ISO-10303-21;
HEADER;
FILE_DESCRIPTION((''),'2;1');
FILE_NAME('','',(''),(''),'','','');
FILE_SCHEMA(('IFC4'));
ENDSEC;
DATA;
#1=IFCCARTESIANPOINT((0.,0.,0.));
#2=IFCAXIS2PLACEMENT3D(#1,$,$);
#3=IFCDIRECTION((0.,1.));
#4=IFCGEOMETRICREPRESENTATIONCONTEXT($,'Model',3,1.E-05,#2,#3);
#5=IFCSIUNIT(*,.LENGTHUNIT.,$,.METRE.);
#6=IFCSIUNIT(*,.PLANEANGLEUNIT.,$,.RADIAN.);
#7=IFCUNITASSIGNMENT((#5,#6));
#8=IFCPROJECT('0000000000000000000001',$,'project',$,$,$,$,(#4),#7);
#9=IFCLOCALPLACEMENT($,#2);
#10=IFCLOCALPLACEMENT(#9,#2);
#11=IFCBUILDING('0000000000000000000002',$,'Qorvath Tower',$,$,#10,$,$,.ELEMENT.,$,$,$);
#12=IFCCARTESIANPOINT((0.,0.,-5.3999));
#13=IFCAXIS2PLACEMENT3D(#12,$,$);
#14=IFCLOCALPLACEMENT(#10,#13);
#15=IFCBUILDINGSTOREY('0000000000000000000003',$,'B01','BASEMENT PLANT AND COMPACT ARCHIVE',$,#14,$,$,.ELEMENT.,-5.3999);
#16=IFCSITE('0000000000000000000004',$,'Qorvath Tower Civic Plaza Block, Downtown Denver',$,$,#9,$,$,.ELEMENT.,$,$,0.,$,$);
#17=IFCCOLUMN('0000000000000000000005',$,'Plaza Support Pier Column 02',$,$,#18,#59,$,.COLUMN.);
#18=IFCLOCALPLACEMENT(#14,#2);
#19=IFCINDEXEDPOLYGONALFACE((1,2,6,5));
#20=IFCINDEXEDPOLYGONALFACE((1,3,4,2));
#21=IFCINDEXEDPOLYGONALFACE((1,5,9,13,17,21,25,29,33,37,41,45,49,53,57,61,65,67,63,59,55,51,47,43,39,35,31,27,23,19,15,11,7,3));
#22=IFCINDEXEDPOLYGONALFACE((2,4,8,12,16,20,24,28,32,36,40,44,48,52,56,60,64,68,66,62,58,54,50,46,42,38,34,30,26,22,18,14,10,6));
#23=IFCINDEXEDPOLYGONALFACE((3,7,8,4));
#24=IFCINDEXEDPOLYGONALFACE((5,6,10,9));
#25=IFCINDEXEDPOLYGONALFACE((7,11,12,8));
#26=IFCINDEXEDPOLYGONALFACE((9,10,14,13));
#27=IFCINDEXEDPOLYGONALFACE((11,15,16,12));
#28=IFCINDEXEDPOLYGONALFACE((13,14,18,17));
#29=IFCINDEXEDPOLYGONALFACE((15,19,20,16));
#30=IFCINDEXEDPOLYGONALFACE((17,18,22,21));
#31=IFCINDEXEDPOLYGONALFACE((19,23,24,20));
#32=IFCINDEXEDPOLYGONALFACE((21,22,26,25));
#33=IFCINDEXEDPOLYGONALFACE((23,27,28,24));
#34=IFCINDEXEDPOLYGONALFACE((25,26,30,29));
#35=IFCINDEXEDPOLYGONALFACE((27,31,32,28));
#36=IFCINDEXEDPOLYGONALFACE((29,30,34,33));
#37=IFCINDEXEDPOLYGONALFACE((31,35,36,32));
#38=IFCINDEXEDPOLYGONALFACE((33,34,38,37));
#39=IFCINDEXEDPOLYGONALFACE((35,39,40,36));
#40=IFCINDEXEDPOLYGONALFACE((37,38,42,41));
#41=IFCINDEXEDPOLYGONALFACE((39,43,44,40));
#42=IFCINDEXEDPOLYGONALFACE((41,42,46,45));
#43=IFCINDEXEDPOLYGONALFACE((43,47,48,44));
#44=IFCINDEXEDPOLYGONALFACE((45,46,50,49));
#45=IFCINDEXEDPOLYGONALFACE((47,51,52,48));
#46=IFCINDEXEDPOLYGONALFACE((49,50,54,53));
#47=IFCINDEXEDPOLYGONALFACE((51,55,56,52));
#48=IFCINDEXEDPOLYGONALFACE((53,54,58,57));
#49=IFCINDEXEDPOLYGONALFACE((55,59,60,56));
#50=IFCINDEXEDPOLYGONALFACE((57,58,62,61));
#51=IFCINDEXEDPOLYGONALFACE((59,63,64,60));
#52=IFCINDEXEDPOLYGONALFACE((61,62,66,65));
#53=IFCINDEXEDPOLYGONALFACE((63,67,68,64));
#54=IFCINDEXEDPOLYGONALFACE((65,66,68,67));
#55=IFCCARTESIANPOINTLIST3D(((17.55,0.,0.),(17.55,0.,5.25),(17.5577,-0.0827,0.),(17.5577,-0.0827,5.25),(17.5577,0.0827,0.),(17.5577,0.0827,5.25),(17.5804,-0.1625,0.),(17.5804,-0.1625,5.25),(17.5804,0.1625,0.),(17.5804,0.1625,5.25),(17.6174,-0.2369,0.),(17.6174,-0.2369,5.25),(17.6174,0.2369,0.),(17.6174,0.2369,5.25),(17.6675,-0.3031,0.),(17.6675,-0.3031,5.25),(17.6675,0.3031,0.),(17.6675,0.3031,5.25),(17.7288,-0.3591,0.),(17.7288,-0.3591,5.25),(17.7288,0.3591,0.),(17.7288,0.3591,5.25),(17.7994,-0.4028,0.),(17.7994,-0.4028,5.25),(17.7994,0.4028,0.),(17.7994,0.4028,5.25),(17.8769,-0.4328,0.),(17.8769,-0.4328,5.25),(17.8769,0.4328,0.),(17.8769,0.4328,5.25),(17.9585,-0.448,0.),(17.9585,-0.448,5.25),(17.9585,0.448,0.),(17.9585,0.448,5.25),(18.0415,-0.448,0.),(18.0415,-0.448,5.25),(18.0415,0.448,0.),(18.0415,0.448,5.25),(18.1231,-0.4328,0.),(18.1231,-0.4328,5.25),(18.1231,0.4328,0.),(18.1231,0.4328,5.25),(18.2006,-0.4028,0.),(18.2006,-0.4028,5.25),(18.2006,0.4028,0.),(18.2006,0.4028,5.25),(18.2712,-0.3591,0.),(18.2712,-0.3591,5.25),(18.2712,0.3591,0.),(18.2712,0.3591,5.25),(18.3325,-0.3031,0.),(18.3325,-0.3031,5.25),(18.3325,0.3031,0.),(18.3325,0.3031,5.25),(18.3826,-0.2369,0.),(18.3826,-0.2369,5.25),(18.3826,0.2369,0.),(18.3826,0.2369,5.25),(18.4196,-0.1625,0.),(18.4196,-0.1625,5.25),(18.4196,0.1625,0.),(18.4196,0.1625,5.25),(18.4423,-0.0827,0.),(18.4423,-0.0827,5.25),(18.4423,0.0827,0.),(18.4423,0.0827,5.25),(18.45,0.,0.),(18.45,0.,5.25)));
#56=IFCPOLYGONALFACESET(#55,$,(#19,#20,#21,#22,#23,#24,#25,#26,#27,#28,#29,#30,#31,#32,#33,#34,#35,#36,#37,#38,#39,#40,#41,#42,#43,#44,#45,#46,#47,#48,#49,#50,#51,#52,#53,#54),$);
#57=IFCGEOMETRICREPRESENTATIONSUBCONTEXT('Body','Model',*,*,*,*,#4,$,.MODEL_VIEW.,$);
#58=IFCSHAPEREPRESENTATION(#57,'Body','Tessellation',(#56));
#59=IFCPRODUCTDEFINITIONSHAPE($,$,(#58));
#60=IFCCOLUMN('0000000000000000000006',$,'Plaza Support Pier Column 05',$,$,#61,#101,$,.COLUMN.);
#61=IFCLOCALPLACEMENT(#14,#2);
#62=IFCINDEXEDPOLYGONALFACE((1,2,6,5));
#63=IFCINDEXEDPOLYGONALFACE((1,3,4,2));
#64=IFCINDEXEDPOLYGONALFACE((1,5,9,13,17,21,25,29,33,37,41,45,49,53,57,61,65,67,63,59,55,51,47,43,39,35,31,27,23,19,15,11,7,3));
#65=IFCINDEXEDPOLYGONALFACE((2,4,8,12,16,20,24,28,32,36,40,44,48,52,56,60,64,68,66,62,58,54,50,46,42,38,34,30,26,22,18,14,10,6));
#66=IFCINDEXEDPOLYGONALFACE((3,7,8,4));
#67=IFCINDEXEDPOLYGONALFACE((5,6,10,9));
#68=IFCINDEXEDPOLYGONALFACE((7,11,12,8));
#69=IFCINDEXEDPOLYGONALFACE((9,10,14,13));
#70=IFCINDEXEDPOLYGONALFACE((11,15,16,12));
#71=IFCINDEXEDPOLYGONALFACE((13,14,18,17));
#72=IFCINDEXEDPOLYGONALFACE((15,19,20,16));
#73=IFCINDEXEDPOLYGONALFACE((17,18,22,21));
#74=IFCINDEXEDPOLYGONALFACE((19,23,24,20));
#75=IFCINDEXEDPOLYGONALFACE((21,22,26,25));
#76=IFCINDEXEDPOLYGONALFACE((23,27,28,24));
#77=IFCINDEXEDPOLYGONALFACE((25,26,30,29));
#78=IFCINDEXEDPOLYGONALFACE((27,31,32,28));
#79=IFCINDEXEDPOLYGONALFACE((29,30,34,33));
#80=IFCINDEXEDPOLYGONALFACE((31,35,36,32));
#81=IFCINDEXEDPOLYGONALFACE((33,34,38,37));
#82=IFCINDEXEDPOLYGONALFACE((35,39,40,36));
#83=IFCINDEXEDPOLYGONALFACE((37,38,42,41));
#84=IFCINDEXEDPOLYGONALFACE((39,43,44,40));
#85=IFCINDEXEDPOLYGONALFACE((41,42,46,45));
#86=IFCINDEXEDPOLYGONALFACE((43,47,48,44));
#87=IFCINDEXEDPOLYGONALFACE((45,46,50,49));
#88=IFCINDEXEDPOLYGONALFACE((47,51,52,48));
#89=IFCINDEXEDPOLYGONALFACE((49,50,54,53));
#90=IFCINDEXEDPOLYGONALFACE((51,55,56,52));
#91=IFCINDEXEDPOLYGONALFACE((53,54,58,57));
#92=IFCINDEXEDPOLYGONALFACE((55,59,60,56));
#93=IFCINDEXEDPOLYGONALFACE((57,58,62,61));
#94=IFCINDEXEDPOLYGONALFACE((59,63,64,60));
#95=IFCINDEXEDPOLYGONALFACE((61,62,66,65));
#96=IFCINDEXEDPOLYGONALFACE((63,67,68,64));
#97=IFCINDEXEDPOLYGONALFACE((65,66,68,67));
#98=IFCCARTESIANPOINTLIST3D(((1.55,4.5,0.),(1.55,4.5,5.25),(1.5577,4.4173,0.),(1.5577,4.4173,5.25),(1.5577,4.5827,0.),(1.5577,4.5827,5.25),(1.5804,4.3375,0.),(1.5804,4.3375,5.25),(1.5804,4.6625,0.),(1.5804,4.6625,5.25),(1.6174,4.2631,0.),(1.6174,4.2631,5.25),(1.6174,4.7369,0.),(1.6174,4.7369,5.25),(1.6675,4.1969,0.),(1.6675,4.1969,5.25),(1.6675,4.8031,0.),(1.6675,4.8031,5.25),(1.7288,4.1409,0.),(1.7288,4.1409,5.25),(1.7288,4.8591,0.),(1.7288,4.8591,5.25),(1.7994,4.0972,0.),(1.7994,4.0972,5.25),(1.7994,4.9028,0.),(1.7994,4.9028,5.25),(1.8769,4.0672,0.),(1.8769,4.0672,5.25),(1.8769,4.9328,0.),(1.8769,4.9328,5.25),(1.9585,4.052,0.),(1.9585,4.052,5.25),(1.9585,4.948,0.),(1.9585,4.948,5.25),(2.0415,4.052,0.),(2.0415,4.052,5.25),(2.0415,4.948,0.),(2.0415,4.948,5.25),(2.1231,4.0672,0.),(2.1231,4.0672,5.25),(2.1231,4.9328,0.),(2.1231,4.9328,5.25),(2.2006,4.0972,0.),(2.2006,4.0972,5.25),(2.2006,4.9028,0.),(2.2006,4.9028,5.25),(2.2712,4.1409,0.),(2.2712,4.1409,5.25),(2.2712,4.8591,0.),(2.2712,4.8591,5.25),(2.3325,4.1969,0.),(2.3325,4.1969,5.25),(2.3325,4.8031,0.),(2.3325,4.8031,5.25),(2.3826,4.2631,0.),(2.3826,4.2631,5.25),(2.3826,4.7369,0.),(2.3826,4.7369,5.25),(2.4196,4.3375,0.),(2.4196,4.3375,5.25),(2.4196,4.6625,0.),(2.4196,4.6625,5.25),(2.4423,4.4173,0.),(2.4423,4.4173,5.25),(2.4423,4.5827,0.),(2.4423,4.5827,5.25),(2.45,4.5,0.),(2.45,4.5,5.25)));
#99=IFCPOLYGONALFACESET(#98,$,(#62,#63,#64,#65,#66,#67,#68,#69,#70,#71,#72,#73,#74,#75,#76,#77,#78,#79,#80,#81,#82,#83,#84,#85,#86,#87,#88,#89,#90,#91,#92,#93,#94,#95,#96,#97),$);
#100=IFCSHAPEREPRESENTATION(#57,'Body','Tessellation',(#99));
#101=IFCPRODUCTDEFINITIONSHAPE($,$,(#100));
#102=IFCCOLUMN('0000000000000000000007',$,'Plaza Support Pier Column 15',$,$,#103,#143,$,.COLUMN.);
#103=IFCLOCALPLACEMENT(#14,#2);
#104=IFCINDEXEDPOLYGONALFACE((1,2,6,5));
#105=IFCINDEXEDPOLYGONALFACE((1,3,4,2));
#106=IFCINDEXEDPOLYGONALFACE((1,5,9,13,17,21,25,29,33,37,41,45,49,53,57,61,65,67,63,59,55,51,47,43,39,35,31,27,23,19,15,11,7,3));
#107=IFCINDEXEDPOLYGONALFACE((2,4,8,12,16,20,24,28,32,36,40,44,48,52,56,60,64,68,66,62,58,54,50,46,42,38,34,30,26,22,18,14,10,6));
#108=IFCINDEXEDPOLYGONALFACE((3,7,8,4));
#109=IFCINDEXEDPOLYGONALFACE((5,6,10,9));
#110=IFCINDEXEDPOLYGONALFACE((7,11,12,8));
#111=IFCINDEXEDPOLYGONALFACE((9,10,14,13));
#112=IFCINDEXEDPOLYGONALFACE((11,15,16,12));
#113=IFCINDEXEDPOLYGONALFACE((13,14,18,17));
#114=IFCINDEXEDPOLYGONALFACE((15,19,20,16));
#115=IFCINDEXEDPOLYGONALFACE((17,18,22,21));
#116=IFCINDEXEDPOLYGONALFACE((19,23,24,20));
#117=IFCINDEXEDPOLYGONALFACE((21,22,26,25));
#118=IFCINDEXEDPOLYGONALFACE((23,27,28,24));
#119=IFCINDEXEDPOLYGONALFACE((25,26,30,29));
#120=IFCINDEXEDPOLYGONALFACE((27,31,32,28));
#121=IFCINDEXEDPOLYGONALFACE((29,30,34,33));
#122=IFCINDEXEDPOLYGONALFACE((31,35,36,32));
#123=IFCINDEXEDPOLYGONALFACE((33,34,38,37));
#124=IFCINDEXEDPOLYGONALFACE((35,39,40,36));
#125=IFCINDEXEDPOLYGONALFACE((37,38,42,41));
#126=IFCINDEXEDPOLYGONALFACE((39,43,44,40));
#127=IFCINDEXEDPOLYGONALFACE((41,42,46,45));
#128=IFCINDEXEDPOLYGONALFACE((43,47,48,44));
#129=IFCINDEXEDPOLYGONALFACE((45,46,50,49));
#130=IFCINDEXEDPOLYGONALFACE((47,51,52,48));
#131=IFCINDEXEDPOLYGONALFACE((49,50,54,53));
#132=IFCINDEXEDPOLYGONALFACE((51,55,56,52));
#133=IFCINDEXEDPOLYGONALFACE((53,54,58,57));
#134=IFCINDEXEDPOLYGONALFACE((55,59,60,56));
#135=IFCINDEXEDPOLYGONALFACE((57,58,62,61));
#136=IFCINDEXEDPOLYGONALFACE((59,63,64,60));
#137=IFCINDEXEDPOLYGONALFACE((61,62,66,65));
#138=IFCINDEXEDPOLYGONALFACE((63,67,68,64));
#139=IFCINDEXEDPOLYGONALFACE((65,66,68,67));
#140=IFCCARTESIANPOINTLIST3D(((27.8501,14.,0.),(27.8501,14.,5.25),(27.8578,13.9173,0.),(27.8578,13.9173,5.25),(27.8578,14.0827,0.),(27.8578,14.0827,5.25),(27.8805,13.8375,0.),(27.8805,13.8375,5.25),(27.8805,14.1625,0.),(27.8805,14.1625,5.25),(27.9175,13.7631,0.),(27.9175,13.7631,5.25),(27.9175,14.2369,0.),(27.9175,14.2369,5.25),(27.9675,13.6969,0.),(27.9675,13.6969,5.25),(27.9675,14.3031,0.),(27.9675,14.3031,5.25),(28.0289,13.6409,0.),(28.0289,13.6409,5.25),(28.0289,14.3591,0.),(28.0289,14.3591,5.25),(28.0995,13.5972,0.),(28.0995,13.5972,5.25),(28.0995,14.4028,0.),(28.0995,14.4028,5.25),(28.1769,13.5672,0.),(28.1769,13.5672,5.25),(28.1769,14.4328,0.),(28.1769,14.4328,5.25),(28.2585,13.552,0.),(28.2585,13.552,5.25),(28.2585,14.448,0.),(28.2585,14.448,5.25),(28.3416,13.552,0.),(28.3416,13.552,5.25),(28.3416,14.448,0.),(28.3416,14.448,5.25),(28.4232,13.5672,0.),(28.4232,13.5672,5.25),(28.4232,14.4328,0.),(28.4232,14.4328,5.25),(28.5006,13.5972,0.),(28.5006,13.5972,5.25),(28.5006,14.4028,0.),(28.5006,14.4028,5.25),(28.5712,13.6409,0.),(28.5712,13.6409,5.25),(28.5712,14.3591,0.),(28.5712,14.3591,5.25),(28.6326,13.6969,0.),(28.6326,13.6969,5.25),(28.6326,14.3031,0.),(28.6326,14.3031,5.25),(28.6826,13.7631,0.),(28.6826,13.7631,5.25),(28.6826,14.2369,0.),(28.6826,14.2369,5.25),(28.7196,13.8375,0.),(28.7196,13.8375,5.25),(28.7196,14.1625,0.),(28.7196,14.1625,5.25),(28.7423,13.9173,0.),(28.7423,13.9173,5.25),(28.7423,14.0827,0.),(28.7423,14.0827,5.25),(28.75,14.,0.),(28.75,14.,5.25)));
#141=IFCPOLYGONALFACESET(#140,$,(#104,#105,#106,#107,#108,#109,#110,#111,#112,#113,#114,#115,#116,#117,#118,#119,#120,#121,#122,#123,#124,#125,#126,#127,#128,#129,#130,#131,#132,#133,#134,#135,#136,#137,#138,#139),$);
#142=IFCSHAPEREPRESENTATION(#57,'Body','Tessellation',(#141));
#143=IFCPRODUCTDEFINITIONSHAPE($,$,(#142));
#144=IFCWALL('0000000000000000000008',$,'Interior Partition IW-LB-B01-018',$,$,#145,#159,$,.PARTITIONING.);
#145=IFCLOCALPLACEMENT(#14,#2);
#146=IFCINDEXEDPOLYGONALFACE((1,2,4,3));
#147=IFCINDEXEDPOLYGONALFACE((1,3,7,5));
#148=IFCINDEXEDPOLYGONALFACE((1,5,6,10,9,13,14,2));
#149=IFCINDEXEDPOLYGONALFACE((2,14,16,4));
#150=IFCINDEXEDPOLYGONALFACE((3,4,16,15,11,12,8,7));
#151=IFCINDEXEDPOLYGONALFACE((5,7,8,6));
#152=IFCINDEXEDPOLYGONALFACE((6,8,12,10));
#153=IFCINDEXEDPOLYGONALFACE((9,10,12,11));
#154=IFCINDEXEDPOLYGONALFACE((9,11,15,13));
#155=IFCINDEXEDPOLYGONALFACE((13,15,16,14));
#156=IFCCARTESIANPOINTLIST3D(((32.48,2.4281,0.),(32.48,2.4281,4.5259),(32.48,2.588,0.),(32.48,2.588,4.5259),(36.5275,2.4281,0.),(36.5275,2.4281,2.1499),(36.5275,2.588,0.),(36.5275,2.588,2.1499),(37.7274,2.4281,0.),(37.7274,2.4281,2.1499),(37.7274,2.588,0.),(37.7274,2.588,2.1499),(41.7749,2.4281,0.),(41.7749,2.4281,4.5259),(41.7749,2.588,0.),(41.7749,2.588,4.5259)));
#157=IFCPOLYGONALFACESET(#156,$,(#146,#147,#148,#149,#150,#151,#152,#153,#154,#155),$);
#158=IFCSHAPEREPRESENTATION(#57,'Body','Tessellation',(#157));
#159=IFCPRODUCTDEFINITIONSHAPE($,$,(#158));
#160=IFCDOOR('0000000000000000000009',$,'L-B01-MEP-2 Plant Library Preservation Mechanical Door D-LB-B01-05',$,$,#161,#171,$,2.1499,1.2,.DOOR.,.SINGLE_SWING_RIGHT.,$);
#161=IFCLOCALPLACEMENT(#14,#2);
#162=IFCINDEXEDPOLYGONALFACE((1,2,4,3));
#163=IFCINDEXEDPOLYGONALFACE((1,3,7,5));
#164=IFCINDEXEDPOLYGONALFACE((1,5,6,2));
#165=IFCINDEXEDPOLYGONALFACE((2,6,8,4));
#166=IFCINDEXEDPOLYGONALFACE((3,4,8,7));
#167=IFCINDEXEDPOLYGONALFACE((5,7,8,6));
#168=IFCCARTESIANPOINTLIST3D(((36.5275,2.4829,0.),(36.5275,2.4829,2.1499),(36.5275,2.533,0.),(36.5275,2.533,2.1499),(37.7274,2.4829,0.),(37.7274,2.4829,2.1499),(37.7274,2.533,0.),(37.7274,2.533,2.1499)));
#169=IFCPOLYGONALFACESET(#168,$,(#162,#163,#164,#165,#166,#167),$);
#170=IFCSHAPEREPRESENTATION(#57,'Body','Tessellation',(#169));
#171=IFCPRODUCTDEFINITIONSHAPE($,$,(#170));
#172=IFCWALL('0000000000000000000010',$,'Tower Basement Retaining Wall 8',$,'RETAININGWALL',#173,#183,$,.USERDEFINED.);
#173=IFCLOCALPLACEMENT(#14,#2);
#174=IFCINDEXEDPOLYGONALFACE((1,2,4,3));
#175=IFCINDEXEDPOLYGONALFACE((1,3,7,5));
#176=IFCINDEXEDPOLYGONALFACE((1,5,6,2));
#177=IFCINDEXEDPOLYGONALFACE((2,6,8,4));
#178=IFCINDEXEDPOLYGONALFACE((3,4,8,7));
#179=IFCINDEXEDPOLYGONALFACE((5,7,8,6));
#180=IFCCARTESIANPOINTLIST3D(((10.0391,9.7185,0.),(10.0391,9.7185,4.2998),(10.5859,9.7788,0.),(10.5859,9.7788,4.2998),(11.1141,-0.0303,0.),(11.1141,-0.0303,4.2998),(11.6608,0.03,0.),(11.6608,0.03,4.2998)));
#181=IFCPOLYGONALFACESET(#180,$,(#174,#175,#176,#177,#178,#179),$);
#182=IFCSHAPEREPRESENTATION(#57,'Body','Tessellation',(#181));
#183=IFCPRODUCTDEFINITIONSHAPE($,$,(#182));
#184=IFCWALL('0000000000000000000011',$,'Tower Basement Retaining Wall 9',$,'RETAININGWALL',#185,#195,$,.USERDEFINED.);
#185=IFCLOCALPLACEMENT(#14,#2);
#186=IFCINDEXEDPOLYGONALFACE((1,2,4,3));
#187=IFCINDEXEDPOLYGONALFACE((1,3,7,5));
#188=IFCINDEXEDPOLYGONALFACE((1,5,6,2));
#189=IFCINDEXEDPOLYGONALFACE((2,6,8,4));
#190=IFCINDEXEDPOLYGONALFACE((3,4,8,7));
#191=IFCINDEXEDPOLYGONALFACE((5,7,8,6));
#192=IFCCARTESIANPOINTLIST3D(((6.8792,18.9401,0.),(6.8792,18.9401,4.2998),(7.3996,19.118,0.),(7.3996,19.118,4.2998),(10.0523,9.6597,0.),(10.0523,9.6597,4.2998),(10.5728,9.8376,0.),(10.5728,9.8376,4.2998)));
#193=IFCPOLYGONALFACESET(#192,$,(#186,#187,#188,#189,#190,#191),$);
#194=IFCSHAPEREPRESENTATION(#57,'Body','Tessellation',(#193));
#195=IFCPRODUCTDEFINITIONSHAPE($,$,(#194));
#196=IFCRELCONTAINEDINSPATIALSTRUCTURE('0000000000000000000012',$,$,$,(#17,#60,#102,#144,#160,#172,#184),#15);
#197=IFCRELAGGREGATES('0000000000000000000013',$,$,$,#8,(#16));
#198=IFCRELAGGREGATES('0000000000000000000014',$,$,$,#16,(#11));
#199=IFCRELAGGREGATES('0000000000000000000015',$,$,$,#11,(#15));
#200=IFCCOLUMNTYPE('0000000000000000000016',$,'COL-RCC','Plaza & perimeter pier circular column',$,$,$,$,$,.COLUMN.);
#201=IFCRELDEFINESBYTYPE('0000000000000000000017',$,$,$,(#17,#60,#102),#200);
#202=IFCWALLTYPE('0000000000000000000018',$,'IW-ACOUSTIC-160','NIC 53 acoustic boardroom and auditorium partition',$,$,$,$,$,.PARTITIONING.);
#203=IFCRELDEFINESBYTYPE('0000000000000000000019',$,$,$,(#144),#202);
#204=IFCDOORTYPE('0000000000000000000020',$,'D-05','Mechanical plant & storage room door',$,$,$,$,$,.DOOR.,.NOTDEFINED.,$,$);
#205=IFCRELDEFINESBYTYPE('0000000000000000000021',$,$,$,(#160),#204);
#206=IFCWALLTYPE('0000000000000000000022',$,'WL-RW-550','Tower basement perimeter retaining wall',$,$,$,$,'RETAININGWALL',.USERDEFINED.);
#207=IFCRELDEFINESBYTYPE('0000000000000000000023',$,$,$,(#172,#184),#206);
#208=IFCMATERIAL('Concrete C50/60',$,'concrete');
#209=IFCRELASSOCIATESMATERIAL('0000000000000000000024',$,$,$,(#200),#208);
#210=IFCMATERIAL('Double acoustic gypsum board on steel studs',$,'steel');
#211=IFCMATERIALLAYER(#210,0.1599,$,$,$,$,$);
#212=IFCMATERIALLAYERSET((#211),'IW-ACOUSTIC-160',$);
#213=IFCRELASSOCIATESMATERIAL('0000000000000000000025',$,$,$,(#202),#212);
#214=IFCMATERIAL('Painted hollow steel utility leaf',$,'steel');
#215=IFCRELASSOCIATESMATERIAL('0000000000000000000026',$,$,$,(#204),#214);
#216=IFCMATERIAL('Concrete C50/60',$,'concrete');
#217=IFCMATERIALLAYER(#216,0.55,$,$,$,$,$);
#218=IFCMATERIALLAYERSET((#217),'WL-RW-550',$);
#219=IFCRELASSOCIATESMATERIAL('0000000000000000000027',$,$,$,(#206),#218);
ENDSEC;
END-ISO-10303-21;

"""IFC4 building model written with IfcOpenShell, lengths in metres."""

from ifc_helpers import new_model, si_unit, direction, frame, frame_2d, origin, origin_2d, place, context, subcontext, project, spatial, rectangle, circle, extrude, material, layer, layer_set, material_profile, profile_set, type_object, element, fill, save


model = new_model("IFC4")

# Units and contexts
model_context = context("Model", 3, precision=1e-05, world=origin(), true_north=direction((0.0, 1.0)))
body_context = subcontext(model_context, "Body", "Model", "MODEL_VIEW")
ifc_project = project(units=[si_unit("LENGTHUNIT", "METRE"), si_unit("PLANEANGLEUNIT", "RADIAN")], contexts=[model_context])

# Site, building, storey
site_placement = place(None, origin())
site = spatial("IfcSite", under=ifc_project, at=site_placement, Name="Qorvath Tower Civic Plaza Block, Downtown Denver", CompositionType="ELEMENT", RefElevation=0.0)
building_placement = place(site_placement, origin())
building = spatial("IfcBuilding", under=site, at=building_placement, Name="Qorvath Tower", CompositionType="ELEMENT")
storey_placement = place(building_placement, frame((0.0, 0.0, -5.3999)))
storey = spatial("IfcBuildingStorey", under=building, at=storey_placement, Name="B01", Description="BASEMENT PLANT AND COMPACT ARCHIVE", CompositionType="ELEMENT", Elevation=-5.3999)

# Columns
ifc_material_1 = material(Name="Concrete C50/60", Category="concrete")
ifc_material_profile_1 = material_profile(ifc_material_1, circle(Radius=0.45, at=origin_2d()), Name="RCC 900")
ifc_profile_set_1 = profile_set([ifc_material_profile_1], Name="Concrete C50/60")
column_type_1 = type_object("IfcColumnType", Name="COL-RCC", Description="Plaza & perimeter pier circular column", PredefinedType="COLUMN", material=ifc_profile_set_1)
for number, where, z_axis, x_axis, name in (
    (1, (18.0, 0.0, 0.0), (0.0, 0.0, 1.0), (1.0, 0.0, 0.0), "Plaza Support Pier Column 02"),
    (2, (2.0, 4.5, 0.0), (0.0, 0.0, 1.0), (1.0, 0.0, 0.0), "Plaza Support Pier Column 05"),
    (3, (28.3, 14.0, 0.0), (0.0, 0.0, 1.0), (1.0, 0.0, 0.0), "Plaza Support Pier Column 15"),
):
    element("IfcColumn", number, at=place(storey_placement, frame(where, z_axis=z_axis, x_axis=x_axis)), inside=storey, type_object=column_type_1, Name=name, PredefinedType="COLUMN", context=body_context, shape_type="SweptSolid", body=[
        extrude(circle(Radius=0.45, at=origin_2d()), origin(), (0.0, 0.0, 1.0), 5.25),
    ])

# Wall, opening, door
ifc_material_2 = material(Name="Double acoustic gypsum board on steel studs", Category="steel")
ifc_layer_1 = layer(ifc_material_2, 0.1599)
ifc_layer_set_1 = layer_set([ifc_layer_1], Name="IW-ACOUSTIC-160")
wall_type_1 = type_object("IfcWallType", Name="IW-ACOUSTIC-160", Description="NIC 53 acoustic boardroom and auditorium partition", PredefinedType="PARTITIONING", material=ifc_layer_set_1)
wall_placement = place(storey_placement, frame((32.48, 2.5081, 0.0), z_axis=(0.0, 0.0, 1.0), x_axis=(1.0, 0.0, 0.0)))
wall = element("IfcWall", 4, at=wall_placement, inside=storey, type_object=wall_type_1, Name="Interior Partition IW-LB-B01-018", PredefinedType="PARTITIONING", context=body_context, shape_type="SweptSolid", body=[
    extrude(rectangle(XDim=9.2949, YDim=0.1599, at=frame_2d((4.6475, 0.0))), origin(), (0.0, 0.0, 1.0), 4.5259),
])
opening_placement = place(wall_placement, frame((4.0474, 0.0, 0.0)))
opening = element("IfcOpeningElement", 5, at=opening_placement, cuts=wall, PredefinedType="OPENING", context=body_context, shape_type="SweptSolid", body=[
    extrude(rectangle(XDim=1.2, YDim=2.1499, at=frame_2d((0.6001, 1.075))), frame((0.0, 0.0898, 0.0), z_axis=(0.0, -1.0, 0.0), x_axis=(1.0, 0.0, 0.0)), (0.0, 0.0, 1.0), 0.1799),
])
ifc_material_3 = material(Name="Painted hollow steel utility leaf", Category="steel")
door_type = type_object("IfcDoorType", Name="D-05", Description="Mechanical plant & storage room door", OperationType="NOTDEFINED", PredefinedType="DOOR", material=ifc_material_3)
door_placement = place(opening_placement, origin())
door = element("IfcDoor", 6, at=door_placement, inside=storey, type_object=door_type, Name="L-B01-MEP-2 Plant Library Preservation Mechanical Door D-LB-B01-05", OperationType="SINGLE_SWING_RIGHT", OverallHeight=2.1499, OverallWidth=1.2, PredefinedType="DOOR", context=body_context, shape_type="SweptSolid", body=[
    extrude(rectangle(XDim=1.2, YDim=2.1499, at=frame_2d((0.6001, 1.075))), frame((0.0, 0.0249, 0.0), z_axis=(0.0, -1.0, 0.0), x_axis=(1.0, 0.0, 0.0)), (0.0, 0.0, 1.0), 0.05),
])
fill(opening, door)

# Walls
ifc_material_4 = material(Name="Concrete C50/60", Category="concrete")
ifc_layer_2 = layer(ifc_material_4, 0.55)
ifc_layer_set_2 = layer_set([ifc_layer_2], Name="WL-RW-550")
wall_type_2 = type_object("IfcWallType", Name="WL-RW-550", Description="Tower basement perimeter retaining wall", ElementType="RETAININGWALL", PredefinedType="USERDEFINED", material=ifc_layer_set_2)
for number, where, z_axis, x_axis, name in (
    (7, (11.3875, 0.0, 0.0), (0.0, 0.0, 1.0), (-0.109601, 0.993976, 0.0), "Tower Basement Retaining Wall 8"),
    (8, (10.3125, 9.7488, 0.0), (0.0, 0.0, 1.0), (-0.323529, 0.946218, 0.0), "Tower Basement Retaining Wall 9"),
):
    element("IfcWall", number, at=place(storey_placement, frame(where, z_axis=z_axis, x_axis=x_axis)), inside=storey, type_object=wall_type_2, Name=name, ObjectType="RETAININGWALL", PredefinedType="USERDEFINED", context=body_context, shape_type="SweptSolid", body=[
        extrude(rectangle(XDim=9.8079, YDim=0.55, at=frame_2d((4.9038, 0.0))), origin(), (0.0, 0.0, 1.0), 4.2998),
    ])

save(model, "model.ifc")
